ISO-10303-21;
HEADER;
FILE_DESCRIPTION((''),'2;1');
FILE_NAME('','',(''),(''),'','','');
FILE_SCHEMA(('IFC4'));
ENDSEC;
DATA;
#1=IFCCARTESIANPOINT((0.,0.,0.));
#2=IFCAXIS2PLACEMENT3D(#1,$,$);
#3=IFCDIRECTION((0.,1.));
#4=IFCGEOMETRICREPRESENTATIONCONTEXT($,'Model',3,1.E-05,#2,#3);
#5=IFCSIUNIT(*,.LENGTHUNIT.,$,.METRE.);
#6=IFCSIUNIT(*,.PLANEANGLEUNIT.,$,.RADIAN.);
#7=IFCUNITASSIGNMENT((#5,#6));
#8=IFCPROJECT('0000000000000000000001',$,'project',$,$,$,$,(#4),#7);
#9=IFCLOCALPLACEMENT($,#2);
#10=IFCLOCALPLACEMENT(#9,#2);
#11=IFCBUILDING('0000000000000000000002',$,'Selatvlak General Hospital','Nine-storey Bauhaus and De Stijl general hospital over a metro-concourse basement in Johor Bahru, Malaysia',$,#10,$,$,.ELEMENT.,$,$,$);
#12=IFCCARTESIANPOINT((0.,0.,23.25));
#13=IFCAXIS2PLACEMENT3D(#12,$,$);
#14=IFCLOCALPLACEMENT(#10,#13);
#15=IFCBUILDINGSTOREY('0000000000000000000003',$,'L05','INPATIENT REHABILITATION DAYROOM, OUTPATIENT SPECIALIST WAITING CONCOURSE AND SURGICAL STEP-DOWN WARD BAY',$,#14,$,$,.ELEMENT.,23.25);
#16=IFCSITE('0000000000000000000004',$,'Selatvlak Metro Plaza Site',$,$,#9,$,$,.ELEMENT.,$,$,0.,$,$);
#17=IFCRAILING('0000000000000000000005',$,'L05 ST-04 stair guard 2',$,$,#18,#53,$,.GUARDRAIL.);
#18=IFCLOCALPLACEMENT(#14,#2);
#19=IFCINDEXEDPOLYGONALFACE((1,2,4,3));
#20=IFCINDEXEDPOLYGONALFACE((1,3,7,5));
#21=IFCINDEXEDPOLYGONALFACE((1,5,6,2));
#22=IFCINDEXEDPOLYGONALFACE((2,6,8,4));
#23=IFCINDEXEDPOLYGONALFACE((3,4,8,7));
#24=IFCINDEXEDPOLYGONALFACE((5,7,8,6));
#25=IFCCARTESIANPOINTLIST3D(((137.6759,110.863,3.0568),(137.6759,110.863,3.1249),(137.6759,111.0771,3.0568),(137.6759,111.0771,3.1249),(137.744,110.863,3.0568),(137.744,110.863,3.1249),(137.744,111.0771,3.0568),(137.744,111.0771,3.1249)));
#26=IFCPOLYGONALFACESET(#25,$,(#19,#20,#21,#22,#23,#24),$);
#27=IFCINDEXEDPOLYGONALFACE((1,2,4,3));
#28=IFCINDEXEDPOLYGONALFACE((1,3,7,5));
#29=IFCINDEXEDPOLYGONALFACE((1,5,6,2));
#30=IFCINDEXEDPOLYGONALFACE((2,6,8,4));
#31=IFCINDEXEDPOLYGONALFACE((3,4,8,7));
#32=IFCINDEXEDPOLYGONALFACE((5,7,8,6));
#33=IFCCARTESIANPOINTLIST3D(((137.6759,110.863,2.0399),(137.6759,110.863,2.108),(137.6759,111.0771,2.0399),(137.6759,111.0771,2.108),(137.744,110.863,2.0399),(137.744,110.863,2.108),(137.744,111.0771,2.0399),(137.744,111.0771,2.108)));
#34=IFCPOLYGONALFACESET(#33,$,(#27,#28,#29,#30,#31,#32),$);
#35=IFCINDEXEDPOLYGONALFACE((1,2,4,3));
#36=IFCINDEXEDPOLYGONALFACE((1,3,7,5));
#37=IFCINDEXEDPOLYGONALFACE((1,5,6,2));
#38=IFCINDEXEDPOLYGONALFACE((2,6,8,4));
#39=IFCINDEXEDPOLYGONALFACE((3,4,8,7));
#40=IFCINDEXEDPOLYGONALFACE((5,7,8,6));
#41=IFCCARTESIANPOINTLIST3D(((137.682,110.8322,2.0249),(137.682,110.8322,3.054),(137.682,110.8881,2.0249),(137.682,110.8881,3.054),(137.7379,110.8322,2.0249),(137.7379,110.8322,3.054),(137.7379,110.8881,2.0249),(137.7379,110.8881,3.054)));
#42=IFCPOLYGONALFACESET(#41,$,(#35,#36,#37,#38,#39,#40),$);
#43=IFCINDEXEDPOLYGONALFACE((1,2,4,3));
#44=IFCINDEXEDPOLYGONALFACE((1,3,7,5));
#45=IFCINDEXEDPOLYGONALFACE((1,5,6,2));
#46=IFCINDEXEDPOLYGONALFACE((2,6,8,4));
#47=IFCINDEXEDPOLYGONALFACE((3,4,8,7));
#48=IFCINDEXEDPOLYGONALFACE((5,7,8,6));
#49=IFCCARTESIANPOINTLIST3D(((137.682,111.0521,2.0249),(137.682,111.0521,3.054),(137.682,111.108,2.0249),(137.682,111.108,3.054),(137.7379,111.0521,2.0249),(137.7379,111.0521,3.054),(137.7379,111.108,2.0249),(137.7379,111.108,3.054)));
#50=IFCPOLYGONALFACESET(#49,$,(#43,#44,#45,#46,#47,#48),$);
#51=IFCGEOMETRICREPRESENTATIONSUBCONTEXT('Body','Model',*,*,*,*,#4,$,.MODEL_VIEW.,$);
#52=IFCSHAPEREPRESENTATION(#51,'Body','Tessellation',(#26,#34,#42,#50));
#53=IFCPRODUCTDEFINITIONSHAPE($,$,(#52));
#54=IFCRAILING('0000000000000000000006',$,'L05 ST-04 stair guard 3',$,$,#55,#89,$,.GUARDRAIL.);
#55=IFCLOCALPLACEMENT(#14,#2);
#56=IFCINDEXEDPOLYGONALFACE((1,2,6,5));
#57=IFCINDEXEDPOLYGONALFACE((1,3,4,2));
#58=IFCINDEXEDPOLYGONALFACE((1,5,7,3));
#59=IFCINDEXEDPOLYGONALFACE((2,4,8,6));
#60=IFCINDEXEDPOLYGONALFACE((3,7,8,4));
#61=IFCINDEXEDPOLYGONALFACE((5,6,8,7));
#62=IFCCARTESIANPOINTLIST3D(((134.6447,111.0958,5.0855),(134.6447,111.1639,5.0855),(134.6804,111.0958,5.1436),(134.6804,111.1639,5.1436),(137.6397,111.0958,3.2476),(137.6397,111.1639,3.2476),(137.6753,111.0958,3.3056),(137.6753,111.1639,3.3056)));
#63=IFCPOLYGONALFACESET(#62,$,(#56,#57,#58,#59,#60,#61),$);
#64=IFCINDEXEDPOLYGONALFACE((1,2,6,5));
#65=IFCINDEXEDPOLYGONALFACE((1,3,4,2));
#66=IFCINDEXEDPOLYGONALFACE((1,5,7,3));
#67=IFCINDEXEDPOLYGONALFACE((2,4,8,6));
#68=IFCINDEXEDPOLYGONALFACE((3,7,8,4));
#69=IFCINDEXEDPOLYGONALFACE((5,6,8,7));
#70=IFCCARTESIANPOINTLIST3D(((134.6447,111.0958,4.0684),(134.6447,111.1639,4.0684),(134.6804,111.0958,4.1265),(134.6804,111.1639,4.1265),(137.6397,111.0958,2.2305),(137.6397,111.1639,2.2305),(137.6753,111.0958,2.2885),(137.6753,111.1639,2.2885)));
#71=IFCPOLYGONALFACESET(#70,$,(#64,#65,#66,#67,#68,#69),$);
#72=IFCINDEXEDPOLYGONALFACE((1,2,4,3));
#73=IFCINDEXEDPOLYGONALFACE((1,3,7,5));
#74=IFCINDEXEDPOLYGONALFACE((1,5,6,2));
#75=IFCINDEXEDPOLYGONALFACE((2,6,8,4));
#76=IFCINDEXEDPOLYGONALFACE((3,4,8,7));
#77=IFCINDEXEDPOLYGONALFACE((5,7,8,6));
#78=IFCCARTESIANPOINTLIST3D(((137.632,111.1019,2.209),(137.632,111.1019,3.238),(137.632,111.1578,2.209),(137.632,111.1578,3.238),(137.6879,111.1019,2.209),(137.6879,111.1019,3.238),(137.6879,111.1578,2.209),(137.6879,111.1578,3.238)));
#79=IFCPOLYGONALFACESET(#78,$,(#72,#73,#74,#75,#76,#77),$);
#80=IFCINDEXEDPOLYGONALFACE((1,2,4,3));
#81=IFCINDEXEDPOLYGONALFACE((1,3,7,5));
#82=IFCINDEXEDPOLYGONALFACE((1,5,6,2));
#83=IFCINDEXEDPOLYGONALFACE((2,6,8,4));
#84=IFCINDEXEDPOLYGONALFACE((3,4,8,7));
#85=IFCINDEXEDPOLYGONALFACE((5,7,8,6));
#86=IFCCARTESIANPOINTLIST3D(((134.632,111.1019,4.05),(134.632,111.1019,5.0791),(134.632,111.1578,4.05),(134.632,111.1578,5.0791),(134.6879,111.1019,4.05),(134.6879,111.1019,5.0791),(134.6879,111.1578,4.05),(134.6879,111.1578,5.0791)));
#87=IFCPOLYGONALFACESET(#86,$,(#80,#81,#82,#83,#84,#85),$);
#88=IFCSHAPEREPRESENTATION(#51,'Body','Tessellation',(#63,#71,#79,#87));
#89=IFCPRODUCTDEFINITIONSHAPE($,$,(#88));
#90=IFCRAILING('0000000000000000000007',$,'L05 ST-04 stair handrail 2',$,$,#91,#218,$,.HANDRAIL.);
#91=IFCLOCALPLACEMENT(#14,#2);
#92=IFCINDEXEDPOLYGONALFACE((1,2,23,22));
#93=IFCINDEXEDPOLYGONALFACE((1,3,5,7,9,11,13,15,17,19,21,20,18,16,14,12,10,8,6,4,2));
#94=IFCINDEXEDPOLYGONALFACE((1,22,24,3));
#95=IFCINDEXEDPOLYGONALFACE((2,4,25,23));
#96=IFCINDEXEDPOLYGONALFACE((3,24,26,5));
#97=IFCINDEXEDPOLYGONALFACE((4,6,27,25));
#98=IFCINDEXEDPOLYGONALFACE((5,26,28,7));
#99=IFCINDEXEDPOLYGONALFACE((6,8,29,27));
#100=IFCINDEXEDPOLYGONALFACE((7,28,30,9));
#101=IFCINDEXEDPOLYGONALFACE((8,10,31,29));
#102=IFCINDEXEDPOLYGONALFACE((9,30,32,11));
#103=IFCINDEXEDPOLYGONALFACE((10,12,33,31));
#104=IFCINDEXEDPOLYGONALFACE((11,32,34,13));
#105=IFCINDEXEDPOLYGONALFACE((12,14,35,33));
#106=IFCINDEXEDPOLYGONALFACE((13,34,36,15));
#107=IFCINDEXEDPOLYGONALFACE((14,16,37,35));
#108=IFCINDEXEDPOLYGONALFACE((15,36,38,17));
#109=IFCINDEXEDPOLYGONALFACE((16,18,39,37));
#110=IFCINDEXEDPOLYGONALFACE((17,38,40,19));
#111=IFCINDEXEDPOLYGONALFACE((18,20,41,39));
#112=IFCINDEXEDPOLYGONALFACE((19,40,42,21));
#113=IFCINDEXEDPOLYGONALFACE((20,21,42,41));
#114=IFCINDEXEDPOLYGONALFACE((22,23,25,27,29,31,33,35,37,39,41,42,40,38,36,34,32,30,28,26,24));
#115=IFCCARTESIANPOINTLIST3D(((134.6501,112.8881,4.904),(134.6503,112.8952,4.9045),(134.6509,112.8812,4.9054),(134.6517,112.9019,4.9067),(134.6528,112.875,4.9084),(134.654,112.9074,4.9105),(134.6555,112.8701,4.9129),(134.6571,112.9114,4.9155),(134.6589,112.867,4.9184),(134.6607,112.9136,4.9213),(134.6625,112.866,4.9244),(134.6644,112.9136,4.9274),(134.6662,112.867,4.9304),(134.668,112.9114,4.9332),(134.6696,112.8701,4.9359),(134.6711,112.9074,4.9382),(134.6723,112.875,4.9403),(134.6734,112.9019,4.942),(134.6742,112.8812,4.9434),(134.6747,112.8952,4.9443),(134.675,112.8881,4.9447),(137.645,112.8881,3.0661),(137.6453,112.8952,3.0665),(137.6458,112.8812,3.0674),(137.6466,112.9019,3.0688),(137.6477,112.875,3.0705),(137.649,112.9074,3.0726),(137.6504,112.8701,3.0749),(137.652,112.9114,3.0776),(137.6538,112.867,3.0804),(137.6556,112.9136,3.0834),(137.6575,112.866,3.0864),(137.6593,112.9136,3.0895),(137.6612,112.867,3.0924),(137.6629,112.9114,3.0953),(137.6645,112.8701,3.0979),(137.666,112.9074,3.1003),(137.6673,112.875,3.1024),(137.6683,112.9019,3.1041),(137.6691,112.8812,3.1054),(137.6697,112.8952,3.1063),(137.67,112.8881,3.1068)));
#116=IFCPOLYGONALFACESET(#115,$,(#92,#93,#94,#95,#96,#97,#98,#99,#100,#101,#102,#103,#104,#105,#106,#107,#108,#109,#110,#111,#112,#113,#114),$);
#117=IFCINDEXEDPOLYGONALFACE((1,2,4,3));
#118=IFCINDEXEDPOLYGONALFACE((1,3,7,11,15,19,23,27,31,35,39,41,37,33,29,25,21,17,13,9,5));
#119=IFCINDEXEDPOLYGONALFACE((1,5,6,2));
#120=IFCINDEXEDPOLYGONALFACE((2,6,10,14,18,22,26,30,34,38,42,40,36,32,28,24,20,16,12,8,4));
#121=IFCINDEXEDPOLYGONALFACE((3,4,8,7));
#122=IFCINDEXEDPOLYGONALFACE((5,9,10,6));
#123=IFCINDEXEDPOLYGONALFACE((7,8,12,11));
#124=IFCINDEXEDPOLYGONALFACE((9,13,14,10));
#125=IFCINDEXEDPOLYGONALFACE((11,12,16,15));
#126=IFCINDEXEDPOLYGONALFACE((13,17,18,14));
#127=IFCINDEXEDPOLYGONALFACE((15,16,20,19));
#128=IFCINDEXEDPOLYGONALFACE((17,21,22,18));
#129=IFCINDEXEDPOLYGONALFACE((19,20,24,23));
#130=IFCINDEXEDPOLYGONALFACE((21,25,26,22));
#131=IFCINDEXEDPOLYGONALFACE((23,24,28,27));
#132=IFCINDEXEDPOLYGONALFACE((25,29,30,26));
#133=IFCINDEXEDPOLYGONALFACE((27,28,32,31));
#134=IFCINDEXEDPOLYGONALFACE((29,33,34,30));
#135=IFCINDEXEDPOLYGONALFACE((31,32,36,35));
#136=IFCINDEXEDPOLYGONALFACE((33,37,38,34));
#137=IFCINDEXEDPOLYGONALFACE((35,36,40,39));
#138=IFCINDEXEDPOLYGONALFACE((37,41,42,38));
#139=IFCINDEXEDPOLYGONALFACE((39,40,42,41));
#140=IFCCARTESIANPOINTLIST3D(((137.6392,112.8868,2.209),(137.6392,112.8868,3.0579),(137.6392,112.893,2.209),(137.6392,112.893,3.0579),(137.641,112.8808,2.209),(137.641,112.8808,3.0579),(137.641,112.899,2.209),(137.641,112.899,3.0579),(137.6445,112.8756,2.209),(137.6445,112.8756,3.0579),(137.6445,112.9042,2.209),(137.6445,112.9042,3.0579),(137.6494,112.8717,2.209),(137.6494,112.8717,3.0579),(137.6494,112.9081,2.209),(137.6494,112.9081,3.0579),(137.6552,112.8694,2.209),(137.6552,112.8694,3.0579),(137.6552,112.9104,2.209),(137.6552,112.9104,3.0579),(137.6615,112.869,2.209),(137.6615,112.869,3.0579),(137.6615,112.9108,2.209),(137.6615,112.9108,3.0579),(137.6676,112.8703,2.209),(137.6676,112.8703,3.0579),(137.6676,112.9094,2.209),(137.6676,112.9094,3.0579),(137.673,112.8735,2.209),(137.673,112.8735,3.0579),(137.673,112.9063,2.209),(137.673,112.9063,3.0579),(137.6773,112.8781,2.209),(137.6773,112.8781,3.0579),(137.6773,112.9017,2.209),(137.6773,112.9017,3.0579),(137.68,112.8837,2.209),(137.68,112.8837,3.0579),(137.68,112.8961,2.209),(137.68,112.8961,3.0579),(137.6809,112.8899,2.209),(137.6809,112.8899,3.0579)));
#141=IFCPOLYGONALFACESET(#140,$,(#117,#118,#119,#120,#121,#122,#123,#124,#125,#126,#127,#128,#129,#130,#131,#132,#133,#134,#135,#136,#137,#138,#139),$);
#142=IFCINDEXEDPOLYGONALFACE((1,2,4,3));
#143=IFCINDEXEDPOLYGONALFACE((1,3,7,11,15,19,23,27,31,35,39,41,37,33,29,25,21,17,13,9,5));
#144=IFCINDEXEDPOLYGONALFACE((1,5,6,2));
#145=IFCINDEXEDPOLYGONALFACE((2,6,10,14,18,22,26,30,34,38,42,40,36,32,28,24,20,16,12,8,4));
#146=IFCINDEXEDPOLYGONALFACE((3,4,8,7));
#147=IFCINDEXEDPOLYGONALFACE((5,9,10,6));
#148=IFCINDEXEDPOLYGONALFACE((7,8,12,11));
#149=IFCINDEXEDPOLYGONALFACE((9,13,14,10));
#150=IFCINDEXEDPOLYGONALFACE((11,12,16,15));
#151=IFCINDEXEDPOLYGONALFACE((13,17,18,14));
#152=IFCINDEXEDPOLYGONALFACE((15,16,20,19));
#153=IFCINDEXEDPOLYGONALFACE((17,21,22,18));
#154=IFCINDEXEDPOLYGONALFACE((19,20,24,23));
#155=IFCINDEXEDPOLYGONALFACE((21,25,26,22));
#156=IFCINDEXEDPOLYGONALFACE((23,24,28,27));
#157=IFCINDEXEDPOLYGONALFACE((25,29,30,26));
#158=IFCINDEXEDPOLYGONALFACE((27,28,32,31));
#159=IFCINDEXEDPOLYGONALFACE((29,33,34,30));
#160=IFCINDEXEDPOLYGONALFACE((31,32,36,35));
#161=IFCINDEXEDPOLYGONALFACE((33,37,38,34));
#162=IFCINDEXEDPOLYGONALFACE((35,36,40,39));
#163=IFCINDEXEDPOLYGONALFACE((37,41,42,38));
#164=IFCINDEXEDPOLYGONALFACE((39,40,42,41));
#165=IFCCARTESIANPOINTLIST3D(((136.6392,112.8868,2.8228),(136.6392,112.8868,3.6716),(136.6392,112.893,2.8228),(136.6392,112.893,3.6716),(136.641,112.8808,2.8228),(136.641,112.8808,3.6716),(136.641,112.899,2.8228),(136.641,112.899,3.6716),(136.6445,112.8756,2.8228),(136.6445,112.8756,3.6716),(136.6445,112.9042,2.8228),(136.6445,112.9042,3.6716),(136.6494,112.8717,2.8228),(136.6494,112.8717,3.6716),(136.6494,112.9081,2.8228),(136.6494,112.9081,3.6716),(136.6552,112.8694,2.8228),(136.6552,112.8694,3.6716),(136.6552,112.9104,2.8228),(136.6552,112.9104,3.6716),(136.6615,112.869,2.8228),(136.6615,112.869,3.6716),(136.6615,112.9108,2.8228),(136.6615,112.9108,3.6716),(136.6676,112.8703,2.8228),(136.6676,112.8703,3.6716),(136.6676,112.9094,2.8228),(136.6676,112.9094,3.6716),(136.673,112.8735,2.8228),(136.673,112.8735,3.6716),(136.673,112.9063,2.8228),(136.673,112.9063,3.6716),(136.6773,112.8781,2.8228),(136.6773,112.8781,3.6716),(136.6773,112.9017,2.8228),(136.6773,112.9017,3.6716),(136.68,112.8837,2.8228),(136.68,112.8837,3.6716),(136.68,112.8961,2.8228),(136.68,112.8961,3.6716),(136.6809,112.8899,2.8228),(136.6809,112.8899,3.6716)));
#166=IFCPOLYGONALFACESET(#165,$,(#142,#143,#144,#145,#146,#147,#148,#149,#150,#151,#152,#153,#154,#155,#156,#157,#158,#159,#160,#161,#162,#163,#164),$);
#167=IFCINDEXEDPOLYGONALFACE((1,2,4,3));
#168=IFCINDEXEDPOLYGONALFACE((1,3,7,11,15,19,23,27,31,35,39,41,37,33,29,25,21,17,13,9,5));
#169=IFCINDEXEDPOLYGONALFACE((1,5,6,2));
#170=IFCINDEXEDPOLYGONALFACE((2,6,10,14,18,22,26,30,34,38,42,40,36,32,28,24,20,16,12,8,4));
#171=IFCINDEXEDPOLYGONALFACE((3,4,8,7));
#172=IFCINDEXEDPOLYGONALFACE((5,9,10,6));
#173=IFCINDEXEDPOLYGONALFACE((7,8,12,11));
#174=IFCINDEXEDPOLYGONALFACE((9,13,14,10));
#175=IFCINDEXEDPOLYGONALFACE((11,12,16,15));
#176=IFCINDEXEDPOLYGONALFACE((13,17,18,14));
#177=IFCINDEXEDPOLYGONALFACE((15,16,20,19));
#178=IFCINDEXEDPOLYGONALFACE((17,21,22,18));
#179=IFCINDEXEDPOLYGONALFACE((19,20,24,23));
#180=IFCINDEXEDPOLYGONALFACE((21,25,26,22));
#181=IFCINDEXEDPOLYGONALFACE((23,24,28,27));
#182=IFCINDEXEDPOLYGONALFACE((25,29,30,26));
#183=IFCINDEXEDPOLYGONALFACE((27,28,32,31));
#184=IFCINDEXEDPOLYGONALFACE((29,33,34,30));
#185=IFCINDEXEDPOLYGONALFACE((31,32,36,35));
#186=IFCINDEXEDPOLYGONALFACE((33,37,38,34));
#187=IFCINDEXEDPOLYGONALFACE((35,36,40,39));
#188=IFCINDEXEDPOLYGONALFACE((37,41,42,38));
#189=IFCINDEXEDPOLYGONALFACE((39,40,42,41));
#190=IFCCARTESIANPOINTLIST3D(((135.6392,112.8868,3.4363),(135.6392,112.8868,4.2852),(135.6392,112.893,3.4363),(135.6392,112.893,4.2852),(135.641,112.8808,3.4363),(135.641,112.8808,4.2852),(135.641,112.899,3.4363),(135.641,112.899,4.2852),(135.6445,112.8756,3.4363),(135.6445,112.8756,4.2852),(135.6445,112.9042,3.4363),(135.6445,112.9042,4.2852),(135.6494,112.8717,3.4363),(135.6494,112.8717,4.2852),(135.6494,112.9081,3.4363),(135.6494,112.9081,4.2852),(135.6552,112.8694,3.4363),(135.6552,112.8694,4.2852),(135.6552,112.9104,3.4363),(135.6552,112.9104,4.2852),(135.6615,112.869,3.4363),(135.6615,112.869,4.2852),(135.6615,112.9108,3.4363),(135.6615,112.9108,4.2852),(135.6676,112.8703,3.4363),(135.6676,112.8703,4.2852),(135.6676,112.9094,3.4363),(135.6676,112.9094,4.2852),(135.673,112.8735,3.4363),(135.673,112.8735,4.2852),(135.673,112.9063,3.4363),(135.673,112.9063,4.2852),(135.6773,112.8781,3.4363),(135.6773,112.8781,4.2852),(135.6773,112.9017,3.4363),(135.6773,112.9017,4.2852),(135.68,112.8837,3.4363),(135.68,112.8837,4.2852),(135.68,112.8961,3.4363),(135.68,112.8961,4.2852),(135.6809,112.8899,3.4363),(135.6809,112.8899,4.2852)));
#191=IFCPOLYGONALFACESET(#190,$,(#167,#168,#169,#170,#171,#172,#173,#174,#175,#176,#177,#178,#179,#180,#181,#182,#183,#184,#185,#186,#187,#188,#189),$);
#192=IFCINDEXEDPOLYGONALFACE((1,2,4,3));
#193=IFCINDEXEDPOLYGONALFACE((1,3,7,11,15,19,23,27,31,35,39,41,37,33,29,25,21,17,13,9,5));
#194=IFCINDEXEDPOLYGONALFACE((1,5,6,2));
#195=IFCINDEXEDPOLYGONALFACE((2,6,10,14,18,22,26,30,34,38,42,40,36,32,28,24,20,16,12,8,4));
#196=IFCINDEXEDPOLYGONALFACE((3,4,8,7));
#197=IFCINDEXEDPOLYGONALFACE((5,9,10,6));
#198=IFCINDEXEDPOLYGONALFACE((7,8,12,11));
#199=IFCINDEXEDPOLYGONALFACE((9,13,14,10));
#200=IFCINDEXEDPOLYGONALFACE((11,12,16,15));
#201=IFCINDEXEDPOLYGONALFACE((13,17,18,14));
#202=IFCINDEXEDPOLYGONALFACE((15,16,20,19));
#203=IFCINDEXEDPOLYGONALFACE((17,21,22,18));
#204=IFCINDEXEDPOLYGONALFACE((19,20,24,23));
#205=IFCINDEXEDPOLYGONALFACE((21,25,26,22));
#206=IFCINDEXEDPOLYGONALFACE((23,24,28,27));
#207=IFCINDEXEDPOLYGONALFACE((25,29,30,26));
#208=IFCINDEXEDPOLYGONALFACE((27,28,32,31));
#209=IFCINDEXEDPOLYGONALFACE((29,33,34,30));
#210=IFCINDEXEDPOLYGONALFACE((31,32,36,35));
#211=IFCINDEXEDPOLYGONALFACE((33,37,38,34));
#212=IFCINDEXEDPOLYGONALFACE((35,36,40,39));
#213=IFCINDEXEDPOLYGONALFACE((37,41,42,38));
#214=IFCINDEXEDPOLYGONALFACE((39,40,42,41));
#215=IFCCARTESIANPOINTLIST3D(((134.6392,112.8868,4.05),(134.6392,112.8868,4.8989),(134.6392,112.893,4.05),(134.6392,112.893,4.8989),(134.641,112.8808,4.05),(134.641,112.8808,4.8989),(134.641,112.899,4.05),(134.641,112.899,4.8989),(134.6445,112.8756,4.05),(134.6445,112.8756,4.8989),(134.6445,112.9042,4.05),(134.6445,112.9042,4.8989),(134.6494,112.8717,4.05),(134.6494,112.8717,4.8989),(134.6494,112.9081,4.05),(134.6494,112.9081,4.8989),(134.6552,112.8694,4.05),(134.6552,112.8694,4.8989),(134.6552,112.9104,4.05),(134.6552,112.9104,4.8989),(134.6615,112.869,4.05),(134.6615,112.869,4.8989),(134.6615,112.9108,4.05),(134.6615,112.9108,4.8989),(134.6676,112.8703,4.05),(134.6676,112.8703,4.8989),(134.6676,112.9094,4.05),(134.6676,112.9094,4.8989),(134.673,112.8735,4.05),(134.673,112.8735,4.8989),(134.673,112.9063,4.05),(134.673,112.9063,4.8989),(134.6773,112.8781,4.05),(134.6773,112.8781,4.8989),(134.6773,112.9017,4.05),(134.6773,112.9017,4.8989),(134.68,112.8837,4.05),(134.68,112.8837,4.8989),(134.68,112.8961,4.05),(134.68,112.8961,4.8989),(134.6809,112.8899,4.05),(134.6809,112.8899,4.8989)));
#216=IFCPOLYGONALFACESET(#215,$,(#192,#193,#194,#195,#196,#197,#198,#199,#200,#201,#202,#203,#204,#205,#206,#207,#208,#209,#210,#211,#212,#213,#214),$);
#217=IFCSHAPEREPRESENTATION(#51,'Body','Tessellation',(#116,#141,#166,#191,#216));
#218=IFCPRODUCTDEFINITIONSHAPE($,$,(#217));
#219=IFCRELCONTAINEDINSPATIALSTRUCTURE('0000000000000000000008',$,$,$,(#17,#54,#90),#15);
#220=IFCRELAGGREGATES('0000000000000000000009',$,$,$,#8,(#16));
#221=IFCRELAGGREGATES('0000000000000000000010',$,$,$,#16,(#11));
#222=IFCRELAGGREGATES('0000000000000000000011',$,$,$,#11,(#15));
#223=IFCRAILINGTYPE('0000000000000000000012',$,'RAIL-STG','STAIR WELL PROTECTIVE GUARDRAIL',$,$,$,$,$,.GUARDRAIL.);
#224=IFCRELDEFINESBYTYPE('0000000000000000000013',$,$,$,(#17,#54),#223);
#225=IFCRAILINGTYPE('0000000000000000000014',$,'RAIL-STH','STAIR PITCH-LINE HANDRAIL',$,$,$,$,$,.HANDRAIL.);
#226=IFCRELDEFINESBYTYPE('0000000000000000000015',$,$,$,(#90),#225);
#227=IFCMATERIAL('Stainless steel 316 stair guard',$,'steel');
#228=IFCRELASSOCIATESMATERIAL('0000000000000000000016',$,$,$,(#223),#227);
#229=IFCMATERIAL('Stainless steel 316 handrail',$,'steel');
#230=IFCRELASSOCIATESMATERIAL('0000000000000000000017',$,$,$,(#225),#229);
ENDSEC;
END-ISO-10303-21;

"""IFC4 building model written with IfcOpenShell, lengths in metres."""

from ifc_helpers import new_model, si_unit, direction, frame, origin, origin_2d, place, context, subcontext, project, spatial, rectangle, circle, extrude, material, type_object, element, save


model = new_model("IFC4")

# Units and contexts
model_context = context("Model", 3, precision=1e-05, world=origin(), true_north=direction((0.0, 1.0)))
body_context = subcontext(model_context, "Body", "Model", "MODEL_VIEW")
ifc_project = project(units=[si_unit("LENGTHUNIT", "METRE"), si_unit("PLANEANGLEUNIT", "RADIAN")], contexts=[model_context])

# Site, building, storey
site_placement = place(None, origin())
site = spatial("IfcSite", under=ifc_project, at=site_placement, Name="Selatvlak Metro Plaza Site", CompositionType="ELEMENT", RefElevation=0.0)
building_placement = place(site_placement, origin())
building = spatial("IfcBuilding", under=site, at=building_placement, Name="Selatvlak General Hospital", Description="Nine-storey Bauhaus and De Stijl general hospital over a metro-concourse basement in Johor Bahru, Malaysia", CompositionType="ELEMENT")
storey_placement = place(building_placement, frame((0.0, 0.0, 23.25)))
storey = spatial("IfcBuildingStorey", under=building, at=storey_placement, Name="L05", Description="INPATIENT REHABILITATION DAYROOM, OUTPATIENT SPECIALIST WAITING CONCOURSE AND SURGICAL STEP-DOWN WARD BAY", CompositionType="ELEMENT", Elevation=23.25)

# Railings
ifc_material_1 = material(Name="Stainless steel 316 stair guard", Category="steel")
railing_type_1 = type_object("IfcRailingType", Name="RAIL-STG", Description="STAIR WELL PROTECTIVE GUARDRAIL", PredefinedType="GUARDRAIL", material=ifc_material_1)
railing_1_placement = place(storey_placement, frame((137.71, 110.8601, 2.0249)))
element("IfcRailing", 1, at=railing_1_placement, inside=storey, type_object=railing_type_1, Name="L05 ST-04 stair guard 2", PredefinedType="GUARDRAIL", context=body_context, shape_type="SweptSolid", body=[
    extrude(rectangle(XDim=0.0681, YDim=0.0681, at=origin_2d()), frame((0.0, 0.0029, 1.0659), z_axis=(0.0, 1.0, 0.0), x_axis=(-1.0, 0.0, 0.0)), (0.0, 0.0, 1.0), 0.2141),
    extrude(rectangle(XDim=0.0681, YDim=0.0681, at=origin_2d()), frame((0.0, 0.0029, 0.0491), z_axis=(0.0, 1.0, 0.0), x_axis=(-1.0, 0.0, 0.0)), (0.0, 0.0, 1.0), 0.2141),
    extrude(rectangle(XDim=0.0559, YDim=0.0559, at=origin_2d()), origin(), (0.0, 0.0, 1.0), 1.0291),
    extrude(rectangle(XDim=0.0559, YDim=0.0559, at=origin_2d()), frame((0.0, 0.22, 0.0)), (0.0, 0.0, 1.0), 1.0291),
])
railing_2_placement = place(storey_placement, frame((137.6599, 111.1299, 2.209)))
element("IfcRailing", 2, at=railing_2_placement, inside=storey, type_object=railing_type_1, Name="L05 ST-04 stair guard 3", PredefinedType="GUARDRAIL", context=body_context, shape_type="SweptSolid", body=[
    extrude(rectangle(XDim=0.0681, YDim=0.0681, at=origin_2d()), frame((-0.0024, 0.0, 1.0676), z_axis=(-0.852303, 0.0, 0.523048), x_axis=(0.0, -1.0, 0.0)), (0.0, 0.0, 1.0), 3.5139),
    extrude(rectangle(XDim=0.0681, YDim=0.0681, at=origin_2d()), frame((-0.0024, 0.0, 0.0505), z_axis=(-0.852303, 0.0, 0.523048), x_axis=(0.0, -1.0, 0.0)), (0.0, 0.0, 1.0), 3.5139),
    extrude(rectangle(XDim=0.0559, YDim=0.0559, at=origin_2d()), origin(), (0.0, 0.0, 1.0), 1.0291),
    extrude(rectangle(XDim=0.0559, YDim=0.0559, at=origin_2d()), frame((-3.0, 0.0, 1.8411)), (0.0, 0.0, 1.0), 1.0291),
])
ifc_material_2 = material(Name="Stainless steel 316 handrail", Category="steel")
railing_type_2 = type_object("IfcRailingType", Name="RAIL-STH", Description="STAIR PITCH-LINE HANDRAIL", PredefinedType="HANDRAIL", material=ifc_material_2)
railing_3_placement = place(storey_placement, frame((137.6599, 112.8899, 2.209)))
element("IfcRailing", 3, at=railing_3_placement, inside=storey, type_object=railing_type_2, Name="L05 ST-04 stair handrail 2", PredefinedType="HANDRAIL", context=body_context, shape_type="SweptSolid", body=[
    extrude(circle(Radius=0.0239, at=origin_2d()), frame((-0.0024, 0.0, 0.8774), z_axis=(-0.852303, 0.0, 0.523048), x_axis=(0.0, -1.0, 0.0)), (0.0, 0.0, 1.0), 3.5139),
    extrude(circle(Radius=0.021, at=origin_2d()), origin(), (0.0, 0.0, 1.0), 0.8489),
    extrude(circle(Radius=0.021, at=origin_2d()), frame((-1.0, 0.0, 0.6138)), (0.0, 0.0, 1.0), 0.8489),
    extrude(circle(Radius=0.021, at=origin_2d()), frame((-2.0, 0.0, 1.2273)), (0.0, 0.0, 1.0), 0.8489),
    extrude(circle(Radius=0.021, at=origin_2d()), frame((-3.0, 0.0, 1.8411)), (0.0, 0.0, 1.0), 0.8489),
])

save(model, "model.ifc")
